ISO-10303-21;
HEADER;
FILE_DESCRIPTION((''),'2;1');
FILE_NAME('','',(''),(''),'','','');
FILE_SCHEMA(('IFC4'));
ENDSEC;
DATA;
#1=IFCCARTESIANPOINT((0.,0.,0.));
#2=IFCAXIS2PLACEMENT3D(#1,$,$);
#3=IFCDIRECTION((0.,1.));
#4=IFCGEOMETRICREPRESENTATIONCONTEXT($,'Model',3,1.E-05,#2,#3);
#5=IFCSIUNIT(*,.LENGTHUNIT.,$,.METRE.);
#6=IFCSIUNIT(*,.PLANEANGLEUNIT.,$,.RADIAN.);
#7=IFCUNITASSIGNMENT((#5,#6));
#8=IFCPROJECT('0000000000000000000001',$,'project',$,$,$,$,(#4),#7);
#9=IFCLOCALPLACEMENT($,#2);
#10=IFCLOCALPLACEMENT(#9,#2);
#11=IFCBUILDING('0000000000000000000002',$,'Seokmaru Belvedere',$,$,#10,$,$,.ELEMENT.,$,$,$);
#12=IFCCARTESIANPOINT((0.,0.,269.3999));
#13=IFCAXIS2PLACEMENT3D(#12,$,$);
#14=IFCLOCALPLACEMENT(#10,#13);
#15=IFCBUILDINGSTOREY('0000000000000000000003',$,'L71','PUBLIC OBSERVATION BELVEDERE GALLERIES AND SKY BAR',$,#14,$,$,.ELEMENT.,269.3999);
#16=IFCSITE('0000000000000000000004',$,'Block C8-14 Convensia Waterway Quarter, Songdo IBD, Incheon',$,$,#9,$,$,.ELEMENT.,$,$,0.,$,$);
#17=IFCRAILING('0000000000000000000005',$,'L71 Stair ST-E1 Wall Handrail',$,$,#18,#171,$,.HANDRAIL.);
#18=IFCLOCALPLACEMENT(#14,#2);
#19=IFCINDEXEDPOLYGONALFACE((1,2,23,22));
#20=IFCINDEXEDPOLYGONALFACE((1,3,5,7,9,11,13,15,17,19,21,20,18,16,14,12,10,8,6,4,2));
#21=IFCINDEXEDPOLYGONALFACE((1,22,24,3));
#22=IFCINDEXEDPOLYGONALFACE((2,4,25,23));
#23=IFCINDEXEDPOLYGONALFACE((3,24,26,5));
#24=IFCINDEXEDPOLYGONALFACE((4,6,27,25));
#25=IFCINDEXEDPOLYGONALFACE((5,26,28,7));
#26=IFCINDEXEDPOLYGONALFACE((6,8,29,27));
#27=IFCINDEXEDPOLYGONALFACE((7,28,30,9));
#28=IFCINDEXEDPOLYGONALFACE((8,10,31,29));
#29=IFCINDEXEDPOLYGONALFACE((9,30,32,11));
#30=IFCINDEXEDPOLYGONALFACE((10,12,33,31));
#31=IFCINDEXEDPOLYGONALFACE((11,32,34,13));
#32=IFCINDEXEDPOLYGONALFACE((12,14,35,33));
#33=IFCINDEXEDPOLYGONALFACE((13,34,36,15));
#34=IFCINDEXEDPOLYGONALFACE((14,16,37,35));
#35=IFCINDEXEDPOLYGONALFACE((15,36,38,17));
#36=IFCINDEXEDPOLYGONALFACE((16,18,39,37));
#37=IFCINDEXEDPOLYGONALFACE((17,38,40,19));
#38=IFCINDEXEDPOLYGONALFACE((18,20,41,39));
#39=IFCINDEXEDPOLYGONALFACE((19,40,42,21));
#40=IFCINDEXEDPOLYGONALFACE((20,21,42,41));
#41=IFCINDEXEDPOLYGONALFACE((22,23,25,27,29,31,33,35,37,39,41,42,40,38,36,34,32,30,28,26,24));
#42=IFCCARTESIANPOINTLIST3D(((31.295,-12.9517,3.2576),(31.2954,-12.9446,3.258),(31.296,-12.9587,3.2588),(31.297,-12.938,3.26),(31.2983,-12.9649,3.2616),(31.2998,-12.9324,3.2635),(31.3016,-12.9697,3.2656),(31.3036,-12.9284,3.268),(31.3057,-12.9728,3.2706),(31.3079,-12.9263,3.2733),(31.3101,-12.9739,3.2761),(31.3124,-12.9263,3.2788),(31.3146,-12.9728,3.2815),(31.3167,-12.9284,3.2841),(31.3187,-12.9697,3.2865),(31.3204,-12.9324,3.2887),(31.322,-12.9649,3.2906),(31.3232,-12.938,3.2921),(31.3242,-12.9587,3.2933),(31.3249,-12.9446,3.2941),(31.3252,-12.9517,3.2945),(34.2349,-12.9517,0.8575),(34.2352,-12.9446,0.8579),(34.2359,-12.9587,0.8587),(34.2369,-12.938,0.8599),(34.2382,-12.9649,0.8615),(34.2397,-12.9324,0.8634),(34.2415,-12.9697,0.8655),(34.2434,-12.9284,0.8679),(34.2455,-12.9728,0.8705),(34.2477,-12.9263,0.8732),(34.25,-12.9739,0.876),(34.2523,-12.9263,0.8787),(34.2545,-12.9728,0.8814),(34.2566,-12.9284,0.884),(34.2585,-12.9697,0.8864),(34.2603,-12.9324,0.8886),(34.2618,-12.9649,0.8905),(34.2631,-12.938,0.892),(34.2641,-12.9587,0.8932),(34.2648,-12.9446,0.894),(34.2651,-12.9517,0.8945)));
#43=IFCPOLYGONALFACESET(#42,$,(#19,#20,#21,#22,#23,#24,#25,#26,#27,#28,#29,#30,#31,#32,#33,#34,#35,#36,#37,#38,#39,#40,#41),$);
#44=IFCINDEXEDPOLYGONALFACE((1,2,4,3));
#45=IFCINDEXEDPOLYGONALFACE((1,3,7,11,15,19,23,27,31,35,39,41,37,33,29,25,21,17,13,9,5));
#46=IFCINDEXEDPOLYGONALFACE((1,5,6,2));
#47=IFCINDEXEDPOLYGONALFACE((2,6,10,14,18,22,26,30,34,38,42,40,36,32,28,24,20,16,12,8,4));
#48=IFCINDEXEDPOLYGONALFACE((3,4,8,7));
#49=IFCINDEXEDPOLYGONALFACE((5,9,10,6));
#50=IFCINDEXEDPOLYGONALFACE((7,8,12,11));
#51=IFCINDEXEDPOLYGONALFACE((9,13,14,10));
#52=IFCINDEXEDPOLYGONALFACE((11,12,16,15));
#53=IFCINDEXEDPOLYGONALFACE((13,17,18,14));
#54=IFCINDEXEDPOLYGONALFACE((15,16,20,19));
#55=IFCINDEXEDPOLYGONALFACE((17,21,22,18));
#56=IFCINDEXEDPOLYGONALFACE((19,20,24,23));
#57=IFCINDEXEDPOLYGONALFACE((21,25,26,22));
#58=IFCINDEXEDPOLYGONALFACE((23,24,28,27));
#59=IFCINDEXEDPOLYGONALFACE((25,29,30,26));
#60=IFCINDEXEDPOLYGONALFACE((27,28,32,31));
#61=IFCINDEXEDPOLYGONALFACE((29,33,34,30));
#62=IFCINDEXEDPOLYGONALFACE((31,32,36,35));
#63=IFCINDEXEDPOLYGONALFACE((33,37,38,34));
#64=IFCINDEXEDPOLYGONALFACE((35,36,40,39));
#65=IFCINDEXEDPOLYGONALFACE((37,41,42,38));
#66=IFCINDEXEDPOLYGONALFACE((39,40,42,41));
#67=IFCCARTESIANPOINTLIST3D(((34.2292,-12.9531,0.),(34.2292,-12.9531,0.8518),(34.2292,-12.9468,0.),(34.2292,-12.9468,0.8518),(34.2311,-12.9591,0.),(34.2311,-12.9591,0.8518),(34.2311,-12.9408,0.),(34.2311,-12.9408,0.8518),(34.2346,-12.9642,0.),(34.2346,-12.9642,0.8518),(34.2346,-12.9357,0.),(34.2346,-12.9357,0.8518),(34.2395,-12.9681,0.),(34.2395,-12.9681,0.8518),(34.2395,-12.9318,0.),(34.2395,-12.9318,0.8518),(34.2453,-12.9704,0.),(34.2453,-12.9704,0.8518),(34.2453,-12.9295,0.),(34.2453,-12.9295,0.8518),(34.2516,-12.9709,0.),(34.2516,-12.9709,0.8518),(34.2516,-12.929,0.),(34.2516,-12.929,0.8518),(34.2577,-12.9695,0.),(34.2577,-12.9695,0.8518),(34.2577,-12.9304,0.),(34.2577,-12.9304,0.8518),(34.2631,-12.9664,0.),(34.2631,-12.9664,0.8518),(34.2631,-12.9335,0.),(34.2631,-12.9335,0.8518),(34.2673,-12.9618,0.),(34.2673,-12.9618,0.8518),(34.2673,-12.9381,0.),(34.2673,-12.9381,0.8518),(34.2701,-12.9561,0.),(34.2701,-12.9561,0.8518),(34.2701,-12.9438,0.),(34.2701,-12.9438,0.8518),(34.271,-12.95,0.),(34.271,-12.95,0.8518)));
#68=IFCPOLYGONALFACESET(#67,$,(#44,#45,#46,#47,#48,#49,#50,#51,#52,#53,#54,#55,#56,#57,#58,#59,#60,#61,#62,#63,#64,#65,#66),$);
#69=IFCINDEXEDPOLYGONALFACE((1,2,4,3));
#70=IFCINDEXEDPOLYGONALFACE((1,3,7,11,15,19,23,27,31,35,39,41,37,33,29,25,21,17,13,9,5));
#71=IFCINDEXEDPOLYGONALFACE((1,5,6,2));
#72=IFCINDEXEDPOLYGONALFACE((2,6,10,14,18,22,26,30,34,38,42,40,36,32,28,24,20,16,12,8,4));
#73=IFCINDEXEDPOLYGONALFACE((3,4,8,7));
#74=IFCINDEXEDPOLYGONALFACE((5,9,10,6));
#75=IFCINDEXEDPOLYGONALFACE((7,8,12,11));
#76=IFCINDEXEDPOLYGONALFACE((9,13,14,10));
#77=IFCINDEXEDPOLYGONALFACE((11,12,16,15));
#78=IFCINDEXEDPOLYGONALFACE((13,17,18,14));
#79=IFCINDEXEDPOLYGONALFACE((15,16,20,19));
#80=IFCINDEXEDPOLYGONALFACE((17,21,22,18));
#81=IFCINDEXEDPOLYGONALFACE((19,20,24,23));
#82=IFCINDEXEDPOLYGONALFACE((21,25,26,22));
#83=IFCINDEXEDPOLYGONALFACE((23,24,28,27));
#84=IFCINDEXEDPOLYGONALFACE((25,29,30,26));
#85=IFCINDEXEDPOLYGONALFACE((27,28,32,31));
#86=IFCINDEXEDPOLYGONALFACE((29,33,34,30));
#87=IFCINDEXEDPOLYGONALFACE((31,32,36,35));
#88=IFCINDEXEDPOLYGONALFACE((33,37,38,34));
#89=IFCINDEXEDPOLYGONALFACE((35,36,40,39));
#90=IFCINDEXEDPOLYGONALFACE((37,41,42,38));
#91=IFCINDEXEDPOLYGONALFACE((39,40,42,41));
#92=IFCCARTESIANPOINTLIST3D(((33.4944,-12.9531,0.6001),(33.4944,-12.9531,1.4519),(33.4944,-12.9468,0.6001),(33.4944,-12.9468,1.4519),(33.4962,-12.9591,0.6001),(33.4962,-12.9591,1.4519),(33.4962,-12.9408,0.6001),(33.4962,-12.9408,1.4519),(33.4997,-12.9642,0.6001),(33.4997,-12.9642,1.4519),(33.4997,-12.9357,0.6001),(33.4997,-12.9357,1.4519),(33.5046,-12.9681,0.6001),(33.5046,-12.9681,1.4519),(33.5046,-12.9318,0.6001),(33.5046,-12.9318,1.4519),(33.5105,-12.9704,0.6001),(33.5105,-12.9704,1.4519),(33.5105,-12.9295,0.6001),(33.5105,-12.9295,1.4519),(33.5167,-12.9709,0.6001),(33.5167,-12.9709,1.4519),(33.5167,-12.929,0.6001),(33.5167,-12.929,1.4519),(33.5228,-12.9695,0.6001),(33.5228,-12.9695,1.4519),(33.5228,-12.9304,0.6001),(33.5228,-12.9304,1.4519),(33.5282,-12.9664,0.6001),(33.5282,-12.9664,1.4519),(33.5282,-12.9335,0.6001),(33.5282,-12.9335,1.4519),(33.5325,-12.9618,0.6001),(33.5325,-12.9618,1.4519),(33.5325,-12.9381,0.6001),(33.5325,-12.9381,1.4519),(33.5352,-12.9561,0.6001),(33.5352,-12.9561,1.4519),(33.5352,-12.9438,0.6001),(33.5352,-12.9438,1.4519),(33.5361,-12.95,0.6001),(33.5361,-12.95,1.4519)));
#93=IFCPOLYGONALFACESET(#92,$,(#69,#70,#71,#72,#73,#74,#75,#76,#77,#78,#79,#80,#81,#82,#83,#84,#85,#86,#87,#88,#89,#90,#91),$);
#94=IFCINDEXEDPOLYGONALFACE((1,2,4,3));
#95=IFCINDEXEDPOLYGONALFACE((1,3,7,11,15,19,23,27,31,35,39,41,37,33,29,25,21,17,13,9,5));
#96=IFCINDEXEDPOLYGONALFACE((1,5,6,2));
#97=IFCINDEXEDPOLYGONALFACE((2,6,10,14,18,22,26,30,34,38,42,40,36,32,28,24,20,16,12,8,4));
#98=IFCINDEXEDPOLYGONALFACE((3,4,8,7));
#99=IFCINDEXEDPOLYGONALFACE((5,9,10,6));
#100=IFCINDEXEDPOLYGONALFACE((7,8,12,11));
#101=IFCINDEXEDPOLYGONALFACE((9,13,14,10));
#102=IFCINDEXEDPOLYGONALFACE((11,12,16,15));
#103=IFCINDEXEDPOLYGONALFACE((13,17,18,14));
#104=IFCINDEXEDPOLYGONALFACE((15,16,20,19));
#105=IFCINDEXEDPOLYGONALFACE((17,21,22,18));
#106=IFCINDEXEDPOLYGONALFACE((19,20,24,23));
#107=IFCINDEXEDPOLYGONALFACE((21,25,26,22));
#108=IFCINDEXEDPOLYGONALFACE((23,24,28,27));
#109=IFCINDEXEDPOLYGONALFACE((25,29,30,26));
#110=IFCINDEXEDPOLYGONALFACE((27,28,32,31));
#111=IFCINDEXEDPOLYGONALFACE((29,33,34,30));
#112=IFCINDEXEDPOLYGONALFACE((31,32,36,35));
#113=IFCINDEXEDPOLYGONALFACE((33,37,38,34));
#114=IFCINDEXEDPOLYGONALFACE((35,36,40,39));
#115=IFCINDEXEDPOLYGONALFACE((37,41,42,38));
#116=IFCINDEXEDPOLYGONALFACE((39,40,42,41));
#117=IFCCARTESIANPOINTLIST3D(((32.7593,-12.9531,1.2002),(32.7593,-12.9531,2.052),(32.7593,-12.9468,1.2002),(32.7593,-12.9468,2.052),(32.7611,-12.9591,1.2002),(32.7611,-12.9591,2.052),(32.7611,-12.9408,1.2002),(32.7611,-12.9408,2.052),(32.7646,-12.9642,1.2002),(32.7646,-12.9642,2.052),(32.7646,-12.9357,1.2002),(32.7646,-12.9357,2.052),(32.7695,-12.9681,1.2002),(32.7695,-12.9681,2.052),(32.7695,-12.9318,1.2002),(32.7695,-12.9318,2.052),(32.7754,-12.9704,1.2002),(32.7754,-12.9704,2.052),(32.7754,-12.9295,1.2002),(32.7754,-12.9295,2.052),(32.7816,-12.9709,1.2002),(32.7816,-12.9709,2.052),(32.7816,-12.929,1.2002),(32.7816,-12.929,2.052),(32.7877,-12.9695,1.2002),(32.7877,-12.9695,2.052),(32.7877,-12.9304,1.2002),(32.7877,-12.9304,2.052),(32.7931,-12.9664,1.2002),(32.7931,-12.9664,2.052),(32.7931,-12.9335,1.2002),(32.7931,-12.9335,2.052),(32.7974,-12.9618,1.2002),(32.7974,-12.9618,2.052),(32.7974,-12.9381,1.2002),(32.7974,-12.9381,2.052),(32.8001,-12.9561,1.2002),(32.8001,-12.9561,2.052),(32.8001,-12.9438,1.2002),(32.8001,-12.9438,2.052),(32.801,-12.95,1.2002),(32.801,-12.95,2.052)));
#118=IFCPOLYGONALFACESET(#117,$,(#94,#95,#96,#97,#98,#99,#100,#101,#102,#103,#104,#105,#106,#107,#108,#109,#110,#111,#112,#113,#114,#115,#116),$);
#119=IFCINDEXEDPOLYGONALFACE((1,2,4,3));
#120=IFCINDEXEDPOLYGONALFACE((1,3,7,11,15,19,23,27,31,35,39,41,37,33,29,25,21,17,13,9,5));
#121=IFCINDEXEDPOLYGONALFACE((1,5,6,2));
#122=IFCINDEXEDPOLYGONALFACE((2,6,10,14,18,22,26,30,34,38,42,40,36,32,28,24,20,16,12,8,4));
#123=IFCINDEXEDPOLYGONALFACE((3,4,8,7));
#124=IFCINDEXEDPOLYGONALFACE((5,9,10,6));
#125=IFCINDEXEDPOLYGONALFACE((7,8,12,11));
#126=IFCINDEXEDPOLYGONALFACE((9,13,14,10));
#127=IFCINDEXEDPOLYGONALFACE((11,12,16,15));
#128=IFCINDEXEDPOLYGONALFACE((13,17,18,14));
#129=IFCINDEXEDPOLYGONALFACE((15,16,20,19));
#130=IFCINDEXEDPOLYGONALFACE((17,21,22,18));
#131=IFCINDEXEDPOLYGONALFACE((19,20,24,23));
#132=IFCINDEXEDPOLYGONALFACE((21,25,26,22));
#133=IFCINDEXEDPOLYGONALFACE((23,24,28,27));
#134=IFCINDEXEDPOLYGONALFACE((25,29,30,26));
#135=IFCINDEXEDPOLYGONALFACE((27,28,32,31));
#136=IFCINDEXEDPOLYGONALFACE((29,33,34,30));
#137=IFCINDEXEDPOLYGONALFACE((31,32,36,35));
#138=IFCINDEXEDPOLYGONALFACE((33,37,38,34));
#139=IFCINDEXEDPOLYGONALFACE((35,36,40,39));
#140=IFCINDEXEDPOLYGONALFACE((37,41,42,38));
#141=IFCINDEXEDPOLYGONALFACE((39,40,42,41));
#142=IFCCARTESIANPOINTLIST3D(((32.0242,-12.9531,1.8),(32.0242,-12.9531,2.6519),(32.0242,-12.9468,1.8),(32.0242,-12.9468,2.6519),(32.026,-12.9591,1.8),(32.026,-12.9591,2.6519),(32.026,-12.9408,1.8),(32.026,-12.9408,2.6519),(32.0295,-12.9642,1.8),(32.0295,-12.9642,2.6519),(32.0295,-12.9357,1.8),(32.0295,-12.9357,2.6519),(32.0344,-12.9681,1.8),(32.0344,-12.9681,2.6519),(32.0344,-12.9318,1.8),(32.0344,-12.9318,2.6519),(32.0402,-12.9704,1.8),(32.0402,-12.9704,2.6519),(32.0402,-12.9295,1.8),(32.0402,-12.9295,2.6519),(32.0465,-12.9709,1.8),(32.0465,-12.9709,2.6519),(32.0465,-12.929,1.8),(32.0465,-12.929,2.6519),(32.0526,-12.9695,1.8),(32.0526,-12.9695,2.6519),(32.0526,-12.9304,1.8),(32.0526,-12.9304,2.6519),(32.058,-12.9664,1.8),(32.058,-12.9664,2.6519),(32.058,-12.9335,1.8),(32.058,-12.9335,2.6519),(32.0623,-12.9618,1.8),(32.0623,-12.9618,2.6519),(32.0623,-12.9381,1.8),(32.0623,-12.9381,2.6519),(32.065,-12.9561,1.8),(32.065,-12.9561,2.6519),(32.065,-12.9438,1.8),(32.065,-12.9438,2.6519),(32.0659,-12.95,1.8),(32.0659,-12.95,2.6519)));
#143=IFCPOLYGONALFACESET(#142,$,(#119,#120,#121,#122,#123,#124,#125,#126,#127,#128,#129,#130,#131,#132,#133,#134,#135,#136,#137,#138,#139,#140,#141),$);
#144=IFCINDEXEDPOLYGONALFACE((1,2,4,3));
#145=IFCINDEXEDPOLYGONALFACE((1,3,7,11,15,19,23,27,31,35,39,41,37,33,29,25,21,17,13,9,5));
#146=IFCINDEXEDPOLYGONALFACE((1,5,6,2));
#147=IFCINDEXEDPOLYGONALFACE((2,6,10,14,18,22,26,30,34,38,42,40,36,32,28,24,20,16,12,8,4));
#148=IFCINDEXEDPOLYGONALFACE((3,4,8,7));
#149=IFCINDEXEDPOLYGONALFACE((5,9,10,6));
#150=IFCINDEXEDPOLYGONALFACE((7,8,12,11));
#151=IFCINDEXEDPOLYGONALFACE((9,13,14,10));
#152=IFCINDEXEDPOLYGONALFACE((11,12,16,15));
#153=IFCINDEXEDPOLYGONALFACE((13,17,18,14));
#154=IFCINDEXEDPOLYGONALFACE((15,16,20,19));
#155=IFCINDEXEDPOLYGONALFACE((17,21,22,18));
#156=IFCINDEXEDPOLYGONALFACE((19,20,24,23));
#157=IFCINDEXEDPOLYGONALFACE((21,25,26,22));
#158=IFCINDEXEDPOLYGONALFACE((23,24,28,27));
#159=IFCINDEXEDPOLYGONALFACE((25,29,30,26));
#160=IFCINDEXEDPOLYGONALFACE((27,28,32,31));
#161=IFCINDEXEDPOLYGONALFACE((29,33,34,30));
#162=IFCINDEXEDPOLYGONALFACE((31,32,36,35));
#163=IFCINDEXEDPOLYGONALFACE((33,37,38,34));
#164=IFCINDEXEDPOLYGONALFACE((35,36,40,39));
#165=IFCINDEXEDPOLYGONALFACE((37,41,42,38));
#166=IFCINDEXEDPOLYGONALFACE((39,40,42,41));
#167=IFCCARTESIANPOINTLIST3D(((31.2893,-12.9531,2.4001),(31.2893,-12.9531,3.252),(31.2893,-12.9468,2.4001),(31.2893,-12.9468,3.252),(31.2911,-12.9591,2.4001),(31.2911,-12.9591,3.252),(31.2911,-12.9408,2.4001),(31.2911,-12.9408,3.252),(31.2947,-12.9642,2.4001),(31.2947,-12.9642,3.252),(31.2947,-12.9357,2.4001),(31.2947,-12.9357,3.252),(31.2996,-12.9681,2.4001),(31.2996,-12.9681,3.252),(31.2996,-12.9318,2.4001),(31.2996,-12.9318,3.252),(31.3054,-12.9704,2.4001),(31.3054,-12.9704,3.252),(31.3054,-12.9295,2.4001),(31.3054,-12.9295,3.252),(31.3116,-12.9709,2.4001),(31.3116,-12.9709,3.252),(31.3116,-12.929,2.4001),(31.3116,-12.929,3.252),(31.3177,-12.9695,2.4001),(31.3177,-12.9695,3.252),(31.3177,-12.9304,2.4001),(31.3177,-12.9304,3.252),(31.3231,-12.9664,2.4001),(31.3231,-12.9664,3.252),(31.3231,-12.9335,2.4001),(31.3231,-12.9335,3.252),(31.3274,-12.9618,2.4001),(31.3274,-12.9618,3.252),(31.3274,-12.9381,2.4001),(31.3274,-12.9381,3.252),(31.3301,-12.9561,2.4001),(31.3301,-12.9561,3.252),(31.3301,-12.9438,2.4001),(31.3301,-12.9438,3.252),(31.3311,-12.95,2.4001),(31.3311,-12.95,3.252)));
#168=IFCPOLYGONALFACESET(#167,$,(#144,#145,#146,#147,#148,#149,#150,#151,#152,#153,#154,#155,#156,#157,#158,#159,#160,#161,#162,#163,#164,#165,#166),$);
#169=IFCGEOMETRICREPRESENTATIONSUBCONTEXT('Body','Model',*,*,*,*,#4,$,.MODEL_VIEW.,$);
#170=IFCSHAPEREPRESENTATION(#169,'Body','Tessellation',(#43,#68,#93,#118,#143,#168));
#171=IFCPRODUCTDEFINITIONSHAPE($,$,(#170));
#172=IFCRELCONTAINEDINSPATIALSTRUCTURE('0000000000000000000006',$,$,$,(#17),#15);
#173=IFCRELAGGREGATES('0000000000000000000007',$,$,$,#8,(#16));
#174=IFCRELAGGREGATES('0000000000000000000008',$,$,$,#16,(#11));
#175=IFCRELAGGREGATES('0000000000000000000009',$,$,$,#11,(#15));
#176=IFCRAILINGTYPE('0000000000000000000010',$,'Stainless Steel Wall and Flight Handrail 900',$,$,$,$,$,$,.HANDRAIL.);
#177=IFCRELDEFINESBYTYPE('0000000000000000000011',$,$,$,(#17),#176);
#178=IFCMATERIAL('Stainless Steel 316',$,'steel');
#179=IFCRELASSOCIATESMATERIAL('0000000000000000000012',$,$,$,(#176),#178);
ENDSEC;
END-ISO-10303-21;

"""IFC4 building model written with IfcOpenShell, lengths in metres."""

from ifc_helpers import new_model, si_unit, direction, frame, origin, origin_2d, place, context, subcontext, project, spatial, circle, extrude, material, type_object, element, save


model = new_model("IFC4")

# Units and contexts
model_context = context("Model", 3, precision=1e-05, world=origin(), true_north=direction((0.0, 1.0)))
body_context = subcontext(model_context, "Body", "Model", "MODEL_VIEW")
ifc_project = project(units=[si_unit("LENGTHUNIT", "METRE"), si_unit("PLANEANGLEUNIT", "RADIAN")], contexts=[model_context])

# Site, building, storey
site_placement = place(None, origin())
site = spatial("IfcSite", under=ifc_project, at=site_placement, Name="Block C8-14 Convensia Waterway Quarter, Songdo IBD, Incheon", CompositionType="ELEMENT", RefElevation=0.0)
building_placement = place(site_placement, origin())
building = spatial("IfcBuilding", under=site, at=building_placement, Name="Seokmaru Belvedere", CompositionType="ELEMENT")
storey_placement = place(building_placement, frame((0.0, 0.0, 269.3999)))
storey = spatial("IfcBuildingStorey", under=building, at=storey_placement, Name="L71", Description="PUBLIC OBSERVATION BELVEDERE GALLERIES AND SKY BAR", CompositionType="ELEMENT", Elevation=269.3999)

# Railing
ifc_material_1 = material(Name="Stainless Steel 316", Category="steel")
railing_type_1 = type_object("IfcRailingType", Name="Stainless Steel Wall and Flight Handrail 900", PredefinedType="HANDRAIL", material=ifc_material_1)
railing_1_placement = place(storey_placement, frame((34.25, -12.95, 0.0)))
element("IfcRailing", 1, at=railing_1_placement, inside=storey, type_object=railing_type_1, Name="L71 Stair ST-E1 Wall Handrail", PredefinedType="HANDRAIL", context=body_context, shape_type="SweptSolid", body=[
    extrude(circle(Radius=0.0239, at=origin_2d()), frame((0.0, 0.0, 0.876), z_axis=(-0.774636, 0.0, 0.632407), x_axis=(0.0, -1.0, 0.0)), (0.0, 0.0, 1.0), 3.7952),
    extrude(circle(Radius=0.021, at=origin_2d()), origin(), (0.0, 0.0, 1.0), 0.8518),
    extrude(circle(Radius=0.021, at=origin_2d()), frame((-0.7349, 0.0, 0.6001)), (0.0, 0.0, 1.0), 0.8518),
    extrude(circle(Radius=0.021, at=origin_2d()), frame((-1.47, 0.0, 1.2002)), (0.0, 0.0, 1.0), 0.8518),
    extrude(circle(Radius=0.021, at=origin_2d()), frame((-2.2051, 0.0, 1.8)), (0.0, 0.0, 1.0), 0.8518),
    extrude(circle(Radius=0.021, at=origin_2d()), frame((-2.9399, 0.0, 2.4001)), (0.0, 0.0, 1.0), 0.8518),
])

save(model, "model.ifc")
